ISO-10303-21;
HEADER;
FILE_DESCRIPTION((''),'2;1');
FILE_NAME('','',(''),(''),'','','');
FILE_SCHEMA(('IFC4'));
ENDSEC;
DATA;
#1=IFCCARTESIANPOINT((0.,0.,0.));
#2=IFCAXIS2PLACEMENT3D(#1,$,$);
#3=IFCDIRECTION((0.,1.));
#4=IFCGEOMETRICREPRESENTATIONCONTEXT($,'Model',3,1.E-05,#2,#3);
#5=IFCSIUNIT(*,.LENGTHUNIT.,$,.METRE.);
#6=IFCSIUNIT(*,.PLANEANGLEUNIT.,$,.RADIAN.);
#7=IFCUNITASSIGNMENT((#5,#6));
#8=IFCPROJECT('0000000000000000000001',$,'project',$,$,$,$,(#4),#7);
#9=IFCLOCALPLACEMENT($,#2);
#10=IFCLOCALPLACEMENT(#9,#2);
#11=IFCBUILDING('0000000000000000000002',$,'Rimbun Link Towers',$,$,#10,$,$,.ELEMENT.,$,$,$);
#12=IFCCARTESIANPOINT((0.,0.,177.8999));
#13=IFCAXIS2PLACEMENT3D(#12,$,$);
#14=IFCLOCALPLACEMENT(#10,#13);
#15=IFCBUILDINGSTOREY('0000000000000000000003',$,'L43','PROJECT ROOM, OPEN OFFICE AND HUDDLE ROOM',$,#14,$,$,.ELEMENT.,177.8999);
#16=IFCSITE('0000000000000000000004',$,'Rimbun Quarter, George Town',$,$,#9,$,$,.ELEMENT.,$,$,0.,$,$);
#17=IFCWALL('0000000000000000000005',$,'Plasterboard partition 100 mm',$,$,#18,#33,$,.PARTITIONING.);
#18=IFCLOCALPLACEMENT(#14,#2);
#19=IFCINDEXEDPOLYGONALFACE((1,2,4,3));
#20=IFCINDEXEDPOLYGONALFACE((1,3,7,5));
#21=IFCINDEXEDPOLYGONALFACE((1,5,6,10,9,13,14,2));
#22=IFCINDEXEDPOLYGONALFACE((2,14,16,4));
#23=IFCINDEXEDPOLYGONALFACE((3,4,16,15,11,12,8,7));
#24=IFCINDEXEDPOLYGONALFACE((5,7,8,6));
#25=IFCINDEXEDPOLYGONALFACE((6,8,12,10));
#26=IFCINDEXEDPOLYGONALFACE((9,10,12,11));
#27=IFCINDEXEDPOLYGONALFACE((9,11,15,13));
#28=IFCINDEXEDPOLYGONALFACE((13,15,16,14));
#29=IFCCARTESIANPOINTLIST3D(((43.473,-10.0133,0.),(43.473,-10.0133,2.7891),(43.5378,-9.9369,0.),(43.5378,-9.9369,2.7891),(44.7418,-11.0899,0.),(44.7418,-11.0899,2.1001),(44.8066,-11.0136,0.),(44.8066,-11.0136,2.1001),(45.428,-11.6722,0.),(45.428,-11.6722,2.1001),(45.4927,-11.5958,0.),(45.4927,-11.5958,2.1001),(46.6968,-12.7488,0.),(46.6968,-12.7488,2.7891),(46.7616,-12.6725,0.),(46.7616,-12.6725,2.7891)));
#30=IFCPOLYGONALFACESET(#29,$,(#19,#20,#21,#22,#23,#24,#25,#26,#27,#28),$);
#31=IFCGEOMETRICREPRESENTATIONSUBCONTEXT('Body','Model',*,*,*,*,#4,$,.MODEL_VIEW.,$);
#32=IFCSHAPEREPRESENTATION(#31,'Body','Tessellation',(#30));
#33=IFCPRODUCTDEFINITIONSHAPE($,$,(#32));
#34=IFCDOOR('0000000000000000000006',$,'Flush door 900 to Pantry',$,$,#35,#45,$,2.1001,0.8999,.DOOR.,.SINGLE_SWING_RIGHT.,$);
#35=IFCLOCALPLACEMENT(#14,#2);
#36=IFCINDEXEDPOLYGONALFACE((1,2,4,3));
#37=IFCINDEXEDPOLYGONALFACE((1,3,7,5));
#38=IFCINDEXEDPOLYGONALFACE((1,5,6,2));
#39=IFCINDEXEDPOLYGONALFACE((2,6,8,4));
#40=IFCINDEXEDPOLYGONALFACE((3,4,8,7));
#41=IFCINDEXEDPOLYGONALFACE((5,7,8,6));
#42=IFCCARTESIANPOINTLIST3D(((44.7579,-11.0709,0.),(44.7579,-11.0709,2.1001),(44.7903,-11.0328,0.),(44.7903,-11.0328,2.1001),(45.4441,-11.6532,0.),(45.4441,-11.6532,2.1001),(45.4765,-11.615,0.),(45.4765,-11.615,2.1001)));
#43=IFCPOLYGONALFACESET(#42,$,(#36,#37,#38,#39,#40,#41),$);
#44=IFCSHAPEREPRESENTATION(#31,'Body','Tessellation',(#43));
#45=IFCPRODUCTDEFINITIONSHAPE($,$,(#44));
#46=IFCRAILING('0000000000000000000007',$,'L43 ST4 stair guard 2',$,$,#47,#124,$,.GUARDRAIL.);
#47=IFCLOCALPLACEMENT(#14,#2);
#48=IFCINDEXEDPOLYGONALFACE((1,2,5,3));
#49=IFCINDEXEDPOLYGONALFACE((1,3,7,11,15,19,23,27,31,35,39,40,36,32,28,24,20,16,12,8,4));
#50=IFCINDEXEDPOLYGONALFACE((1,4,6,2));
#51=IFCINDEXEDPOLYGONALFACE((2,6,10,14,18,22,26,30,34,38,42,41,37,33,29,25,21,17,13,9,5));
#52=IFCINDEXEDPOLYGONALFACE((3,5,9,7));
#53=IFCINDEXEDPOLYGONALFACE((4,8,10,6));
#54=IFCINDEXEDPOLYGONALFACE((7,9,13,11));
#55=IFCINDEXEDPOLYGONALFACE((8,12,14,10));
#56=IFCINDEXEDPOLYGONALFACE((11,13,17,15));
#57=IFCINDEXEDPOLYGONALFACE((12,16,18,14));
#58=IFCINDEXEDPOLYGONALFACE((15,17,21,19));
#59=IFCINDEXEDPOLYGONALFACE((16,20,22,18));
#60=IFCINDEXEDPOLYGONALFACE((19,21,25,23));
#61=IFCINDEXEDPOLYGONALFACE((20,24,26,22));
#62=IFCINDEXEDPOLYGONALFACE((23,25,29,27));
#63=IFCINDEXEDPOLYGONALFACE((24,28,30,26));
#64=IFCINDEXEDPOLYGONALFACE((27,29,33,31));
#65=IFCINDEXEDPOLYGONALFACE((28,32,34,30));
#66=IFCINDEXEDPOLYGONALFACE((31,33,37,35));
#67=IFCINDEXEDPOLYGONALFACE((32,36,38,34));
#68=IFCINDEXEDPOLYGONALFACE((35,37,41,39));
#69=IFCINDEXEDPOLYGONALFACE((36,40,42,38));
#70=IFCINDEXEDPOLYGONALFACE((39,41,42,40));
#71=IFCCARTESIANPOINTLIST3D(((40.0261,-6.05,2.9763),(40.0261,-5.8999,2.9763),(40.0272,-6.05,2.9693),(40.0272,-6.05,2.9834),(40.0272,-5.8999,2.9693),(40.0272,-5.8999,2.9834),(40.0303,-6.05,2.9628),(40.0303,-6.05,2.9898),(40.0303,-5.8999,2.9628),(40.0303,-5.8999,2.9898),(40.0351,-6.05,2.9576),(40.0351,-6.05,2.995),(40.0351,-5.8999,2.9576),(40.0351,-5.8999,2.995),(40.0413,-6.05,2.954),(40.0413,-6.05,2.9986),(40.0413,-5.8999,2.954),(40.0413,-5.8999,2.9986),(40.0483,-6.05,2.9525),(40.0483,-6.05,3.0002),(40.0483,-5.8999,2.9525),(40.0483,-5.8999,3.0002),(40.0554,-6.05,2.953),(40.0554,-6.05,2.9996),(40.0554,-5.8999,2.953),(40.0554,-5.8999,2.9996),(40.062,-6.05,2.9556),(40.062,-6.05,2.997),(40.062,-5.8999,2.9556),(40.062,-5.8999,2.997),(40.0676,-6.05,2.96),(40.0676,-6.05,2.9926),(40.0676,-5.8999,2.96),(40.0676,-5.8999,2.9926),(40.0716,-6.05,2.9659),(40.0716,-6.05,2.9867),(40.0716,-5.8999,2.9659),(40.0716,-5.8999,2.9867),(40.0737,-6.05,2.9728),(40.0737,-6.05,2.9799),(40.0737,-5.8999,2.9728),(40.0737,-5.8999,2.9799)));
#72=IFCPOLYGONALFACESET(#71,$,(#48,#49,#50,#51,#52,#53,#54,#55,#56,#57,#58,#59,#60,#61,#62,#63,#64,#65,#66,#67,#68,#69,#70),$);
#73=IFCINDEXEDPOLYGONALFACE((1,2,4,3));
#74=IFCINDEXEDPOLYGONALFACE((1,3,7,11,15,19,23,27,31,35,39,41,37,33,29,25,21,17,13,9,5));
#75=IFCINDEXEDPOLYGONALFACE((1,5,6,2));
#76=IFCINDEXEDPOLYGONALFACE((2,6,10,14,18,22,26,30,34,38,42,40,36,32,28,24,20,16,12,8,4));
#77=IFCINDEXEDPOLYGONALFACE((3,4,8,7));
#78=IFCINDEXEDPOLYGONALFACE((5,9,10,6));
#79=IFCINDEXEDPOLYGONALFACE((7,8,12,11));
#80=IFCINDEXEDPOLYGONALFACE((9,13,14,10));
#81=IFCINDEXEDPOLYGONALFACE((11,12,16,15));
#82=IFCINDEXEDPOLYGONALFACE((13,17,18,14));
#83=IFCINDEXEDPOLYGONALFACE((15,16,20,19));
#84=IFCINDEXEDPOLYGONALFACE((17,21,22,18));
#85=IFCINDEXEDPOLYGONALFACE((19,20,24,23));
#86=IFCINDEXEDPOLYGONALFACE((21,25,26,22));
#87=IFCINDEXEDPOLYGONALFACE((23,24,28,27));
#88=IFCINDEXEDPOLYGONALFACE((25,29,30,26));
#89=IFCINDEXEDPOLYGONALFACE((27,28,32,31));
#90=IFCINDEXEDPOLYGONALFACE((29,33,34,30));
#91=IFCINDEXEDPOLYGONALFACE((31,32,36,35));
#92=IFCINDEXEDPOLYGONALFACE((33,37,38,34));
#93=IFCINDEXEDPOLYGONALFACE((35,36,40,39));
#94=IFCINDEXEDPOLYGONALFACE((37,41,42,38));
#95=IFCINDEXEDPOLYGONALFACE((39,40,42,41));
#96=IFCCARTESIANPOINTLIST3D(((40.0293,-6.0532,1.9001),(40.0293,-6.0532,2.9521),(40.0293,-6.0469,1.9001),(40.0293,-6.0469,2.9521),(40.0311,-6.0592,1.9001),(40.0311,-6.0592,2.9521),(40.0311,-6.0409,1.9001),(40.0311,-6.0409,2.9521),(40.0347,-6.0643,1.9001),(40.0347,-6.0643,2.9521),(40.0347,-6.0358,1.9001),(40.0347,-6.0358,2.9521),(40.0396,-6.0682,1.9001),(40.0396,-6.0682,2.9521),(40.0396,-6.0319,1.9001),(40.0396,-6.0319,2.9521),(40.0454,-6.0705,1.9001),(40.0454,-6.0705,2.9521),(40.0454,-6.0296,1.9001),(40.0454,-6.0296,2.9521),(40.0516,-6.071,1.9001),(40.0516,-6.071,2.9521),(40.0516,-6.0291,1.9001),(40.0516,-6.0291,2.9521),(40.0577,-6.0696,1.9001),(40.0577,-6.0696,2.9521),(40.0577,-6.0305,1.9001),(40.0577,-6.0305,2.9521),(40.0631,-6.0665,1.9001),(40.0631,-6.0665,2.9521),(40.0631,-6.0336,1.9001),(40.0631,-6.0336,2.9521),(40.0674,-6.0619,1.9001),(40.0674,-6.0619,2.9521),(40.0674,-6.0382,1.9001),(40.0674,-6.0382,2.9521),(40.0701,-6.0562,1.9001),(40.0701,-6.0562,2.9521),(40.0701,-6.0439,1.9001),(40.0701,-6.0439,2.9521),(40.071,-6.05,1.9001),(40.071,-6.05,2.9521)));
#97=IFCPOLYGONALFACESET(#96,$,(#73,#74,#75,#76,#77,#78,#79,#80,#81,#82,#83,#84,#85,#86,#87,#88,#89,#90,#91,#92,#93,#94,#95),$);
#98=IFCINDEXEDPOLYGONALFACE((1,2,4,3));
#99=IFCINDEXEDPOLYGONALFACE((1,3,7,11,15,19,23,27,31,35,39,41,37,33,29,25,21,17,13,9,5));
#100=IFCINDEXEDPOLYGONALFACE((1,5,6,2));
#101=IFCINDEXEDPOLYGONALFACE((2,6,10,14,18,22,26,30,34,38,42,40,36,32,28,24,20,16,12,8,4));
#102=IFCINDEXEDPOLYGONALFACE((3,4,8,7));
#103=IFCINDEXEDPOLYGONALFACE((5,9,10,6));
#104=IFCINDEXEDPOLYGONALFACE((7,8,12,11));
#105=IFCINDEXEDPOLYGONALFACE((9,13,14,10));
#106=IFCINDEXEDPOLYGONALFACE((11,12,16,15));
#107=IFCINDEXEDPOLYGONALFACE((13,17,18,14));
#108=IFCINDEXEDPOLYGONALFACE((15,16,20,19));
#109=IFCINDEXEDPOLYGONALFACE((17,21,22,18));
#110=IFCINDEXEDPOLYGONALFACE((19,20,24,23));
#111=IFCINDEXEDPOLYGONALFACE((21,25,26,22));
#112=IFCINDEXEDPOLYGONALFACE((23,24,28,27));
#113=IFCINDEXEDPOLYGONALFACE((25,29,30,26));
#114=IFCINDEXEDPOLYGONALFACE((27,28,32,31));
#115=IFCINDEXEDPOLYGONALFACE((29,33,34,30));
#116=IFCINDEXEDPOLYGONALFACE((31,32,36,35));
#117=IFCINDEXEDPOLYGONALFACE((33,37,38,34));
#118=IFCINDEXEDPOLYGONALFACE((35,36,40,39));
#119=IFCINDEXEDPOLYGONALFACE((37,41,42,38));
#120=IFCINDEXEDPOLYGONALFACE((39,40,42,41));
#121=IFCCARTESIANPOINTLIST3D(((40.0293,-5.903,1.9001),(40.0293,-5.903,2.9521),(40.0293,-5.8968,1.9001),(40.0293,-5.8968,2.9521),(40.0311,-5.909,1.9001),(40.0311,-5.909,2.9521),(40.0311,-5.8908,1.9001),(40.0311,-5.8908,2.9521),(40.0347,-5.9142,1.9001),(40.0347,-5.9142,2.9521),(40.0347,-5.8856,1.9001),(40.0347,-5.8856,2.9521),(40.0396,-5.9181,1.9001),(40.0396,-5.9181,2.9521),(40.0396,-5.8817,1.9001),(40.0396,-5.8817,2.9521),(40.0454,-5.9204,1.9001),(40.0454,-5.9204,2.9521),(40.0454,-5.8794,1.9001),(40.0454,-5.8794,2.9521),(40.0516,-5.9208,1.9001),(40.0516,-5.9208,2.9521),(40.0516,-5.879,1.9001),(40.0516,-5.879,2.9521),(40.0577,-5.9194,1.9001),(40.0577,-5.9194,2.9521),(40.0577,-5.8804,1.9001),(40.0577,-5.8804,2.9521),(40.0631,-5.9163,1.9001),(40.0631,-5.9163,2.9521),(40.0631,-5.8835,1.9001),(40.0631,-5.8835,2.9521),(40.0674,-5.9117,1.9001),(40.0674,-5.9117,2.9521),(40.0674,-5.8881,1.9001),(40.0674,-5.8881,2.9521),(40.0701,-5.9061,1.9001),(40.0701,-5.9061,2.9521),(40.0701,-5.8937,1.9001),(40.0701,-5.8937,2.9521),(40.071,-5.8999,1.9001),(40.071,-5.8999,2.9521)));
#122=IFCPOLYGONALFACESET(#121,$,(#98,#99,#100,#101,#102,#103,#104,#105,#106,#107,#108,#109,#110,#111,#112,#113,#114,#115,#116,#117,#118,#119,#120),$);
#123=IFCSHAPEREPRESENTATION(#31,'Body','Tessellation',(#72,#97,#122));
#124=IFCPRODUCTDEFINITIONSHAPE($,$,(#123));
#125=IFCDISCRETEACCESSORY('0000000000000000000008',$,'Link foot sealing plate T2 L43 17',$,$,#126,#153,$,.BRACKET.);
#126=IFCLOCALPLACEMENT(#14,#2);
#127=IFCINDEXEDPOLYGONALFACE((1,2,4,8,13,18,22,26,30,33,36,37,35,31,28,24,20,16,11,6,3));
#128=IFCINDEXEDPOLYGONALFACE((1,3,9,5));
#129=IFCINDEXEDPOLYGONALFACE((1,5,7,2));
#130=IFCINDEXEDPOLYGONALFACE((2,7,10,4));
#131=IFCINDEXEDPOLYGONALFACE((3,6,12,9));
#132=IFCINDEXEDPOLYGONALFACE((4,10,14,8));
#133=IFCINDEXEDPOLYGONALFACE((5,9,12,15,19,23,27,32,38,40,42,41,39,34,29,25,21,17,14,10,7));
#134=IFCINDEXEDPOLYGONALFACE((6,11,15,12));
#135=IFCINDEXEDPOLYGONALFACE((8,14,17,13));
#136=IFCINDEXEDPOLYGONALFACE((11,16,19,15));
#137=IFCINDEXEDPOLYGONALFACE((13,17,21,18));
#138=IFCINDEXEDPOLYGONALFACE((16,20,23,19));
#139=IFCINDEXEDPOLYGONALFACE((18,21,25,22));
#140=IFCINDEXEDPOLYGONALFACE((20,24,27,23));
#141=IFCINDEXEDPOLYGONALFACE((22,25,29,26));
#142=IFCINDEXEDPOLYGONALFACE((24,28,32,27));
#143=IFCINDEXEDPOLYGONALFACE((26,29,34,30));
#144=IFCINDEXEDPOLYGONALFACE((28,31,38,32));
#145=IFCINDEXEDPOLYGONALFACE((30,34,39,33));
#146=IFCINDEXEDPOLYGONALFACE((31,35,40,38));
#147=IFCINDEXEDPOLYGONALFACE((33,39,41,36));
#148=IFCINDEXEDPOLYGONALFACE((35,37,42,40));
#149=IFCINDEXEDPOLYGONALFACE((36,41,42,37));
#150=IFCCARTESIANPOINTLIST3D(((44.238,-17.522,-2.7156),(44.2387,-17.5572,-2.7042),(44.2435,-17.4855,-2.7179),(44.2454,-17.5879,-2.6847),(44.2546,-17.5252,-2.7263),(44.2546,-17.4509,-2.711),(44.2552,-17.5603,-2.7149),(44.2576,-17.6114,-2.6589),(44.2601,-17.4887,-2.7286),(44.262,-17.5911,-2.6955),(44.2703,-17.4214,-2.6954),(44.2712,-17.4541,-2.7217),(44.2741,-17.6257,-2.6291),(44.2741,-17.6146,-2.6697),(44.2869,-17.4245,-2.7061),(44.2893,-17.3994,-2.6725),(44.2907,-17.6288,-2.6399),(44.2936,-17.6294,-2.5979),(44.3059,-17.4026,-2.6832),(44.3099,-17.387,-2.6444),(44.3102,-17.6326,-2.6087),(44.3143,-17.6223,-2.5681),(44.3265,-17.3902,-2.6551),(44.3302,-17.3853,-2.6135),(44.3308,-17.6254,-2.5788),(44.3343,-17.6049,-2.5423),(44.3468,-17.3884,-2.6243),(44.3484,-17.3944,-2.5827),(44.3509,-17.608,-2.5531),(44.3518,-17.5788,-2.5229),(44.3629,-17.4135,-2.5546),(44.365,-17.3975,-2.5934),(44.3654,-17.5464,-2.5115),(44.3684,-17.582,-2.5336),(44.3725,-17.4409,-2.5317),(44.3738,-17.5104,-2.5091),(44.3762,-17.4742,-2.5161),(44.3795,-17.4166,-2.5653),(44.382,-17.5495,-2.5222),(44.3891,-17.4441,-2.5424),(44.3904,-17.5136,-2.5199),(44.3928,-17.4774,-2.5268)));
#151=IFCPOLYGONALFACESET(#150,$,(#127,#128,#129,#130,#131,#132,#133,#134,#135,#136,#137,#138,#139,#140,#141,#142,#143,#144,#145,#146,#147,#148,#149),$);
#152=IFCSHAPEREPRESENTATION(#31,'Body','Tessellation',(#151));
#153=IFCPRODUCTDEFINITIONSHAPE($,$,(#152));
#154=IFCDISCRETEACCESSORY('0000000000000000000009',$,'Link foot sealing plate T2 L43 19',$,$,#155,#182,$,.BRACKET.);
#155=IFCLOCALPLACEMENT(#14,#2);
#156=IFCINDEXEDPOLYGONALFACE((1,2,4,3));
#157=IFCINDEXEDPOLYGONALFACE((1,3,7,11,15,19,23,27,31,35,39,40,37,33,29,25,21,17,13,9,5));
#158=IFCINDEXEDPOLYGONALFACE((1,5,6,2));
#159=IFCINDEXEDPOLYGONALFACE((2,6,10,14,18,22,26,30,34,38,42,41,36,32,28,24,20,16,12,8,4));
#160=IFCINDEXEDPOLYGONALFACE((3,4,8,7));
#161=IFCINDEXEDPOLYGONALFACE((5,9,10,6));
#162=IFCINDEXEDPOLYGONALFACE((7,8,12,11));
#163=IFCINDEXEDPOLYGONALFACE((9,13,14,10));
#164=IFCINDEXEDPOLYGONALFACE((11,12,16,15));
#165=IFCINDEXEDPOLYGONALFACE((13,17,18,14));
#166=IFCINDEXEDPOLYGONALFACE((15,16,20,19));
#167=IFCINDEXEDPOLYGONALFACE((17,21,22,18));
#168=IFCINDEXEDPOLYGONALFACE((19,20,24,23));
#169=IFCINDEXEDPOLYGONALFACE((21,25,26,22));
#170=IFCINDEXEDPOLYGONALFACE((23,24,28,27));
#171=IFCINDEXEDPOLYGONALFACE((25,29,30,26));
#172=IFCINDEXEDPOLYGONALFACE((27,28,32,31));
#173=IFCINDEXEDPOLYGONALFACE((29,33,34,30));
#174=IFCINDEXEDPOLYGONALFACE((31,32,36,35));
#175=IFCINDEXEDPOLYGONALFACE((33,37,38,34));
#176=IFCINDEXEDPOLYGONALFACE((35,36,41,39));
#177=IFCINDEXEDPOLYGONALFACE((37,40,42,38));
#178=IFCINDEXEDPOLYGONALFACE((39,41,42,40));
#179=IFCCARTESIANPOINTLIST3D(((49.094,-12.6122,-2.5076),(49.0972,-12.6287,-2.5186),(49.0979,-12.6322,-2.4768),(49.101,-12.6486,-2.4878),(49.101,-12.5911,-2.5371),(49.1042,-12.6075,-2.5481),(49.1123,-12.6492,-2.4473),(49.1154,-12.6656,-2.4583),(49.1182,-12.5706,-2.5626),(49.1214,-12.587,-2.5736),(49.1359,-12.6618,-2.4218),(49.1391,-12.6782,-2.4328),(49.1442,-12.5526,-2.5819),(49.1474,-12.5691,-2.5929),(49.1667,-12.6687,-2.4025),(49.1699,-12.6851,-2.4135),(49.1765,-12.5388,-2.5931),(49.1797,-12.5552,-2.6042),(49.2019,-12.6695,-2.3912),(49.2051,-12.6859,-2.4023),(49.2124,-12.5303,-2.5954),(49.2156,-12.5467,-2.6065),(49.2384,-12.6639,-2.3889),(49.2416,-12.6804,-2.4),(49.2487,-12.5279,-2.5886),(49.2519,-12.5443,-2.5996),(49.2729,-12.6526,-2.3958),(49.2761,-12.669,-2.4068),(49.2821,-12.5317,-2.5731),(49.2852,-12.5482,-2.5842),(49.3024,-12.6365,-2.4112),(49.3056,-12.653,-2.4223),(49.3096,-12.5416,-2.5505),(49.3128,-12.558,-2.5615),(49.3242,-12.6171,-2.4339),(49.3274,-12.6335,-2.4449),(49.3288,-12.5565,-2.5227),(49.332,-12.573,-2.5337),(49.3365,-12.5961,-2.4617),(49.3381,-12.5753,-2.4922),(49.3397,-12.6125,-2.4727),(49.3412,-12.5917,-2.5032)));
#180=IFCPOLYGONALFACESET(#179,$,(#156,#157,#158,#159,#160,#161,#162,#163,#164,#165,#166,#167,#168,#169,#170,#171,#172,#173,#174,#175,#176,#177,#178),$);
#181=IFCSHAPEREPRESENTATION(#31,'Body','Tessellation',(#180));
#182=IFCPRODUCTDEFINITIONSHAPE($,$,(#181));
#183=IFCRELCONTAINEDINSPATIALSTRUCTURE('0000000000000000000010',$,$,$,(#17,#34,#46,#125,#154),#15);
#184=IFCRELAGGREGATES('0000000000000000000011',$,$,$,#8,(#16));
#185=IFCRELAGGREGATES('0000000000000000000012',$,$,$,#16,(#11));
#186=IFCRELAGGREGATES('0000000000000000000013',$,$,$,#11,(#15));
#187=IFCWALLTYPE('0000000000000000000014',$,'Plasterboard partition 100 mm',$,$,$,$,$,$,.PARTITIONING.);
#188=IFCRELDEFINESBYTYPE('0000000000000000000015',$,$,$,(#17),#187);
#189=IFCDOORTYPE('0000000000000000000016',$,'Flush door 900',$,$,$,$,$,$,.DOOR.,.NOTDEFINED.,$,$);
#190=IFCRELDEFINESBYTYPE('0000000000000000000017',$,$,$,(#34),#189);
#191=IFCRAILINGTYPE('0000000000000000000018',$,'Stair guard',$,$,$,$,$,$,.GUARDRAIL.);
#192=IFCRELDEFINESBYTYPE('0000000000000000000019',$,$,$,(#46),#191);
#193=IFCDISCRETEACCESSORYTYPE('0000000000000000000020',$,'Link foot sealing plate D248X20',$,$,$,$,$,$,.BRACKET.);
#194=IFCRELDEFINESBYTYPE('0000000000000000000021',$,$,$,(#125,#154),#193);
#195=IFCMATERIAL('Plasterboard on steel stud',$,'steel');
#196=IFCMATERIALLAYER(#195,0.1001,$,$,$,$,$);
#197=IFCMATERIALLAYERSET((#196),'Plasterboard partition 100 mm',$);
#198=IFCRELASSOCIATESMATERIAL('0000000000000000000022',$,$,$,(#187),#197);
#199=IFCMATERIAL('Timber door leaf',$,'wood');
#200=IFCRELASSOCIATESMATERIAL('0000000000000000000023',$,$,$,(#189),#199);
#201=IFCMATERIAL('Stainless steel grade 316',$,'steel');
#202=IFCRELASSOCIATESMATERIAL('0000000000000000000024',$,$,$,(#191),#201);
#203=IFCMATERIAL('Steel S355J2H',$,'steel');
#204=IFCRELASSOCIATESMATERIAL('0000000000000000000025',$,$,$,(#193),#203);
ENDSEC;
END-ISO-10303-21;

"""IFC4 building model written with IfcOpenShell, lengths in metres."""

from ifc_helpers import new_model, si_unit, direction, frame, frame_2d, origin, origin_2d, place, context, subcontext, project, spatial, rectangle, circle, extrude, material, layer, layer_set, material_profile, profile_set, type_object, element, fill, save


model = new_model("IFC4")

# Units and contexts
model_context = context("Model", 3, precision=1e-05, world=origin(), true_north=direction((0.0, 1.0)))
body_context = subcontext(model_context, "Body", "Model", "MODEL_VIEW")
ifc_project = project(units=[si_unit("LENGTHUNIT", "METRE"), si_unit("PLANEANGLEUNIT", "RADIAN")], contexts=[model_context])

# Site, building, storey
site_placement = place(None, origin())
site = spatial("IfcSite", under=ifc_project, at=site_placement, Name="Rimbun Quarter, George Town", CompositionType="ELEMENT", RefElevation=0.0)
building_placement = place(site_placement, origin())
building = spatial("IfcBuilding", under=site, at=building_placement, Name="Rimbun Link Towers", CompositionType="ELEMENT")
storey_placement = place(building_placement, frame((0.0, 0.0, 177.8999)))
storey = spatial("IfcBuildingStorey", under=building, at=storey_placement, Name="L43", Description="PROJECT ROOM, OPEN OFFICE AND HUDDLE ROOM", CompositionType="ELEMENT", Elevation=177.8999)

# Wall, opening, door
ifc_material_1 = material(Name="Plasterboard on steel stud", Category="steel")
ifc_layer_1 = layer(ifc_material_1, 0.1001)
ifc_layer_set_1 = layer_set([ifc_layer_1], Name="Plasterboard partition 100 mm")
wall_type_1 = type_object("IfcWallType", Name="Plasterboard partition 100 mm", PredefinedType="PARTITIONING", material=ifc_layer_set_1)
wall_1_placement = place(storey_placement, frame((43.5054, -9.9751, 0.0), z_axis=(0.0, 0.0, 1.0), x_axis=(0.762488, -0.647003, 0.0)))
wall_1 = element("IfcWall", 1, at=wall_1_placement, inside=storey, type_object=wall_type_1, Name="Plasterboard partition 100 mm", PredefinedType="PARTITIONING", context=body_context, shape_type="SweptSolid", body=[
    extrude(rectangle(XDim=4.228, YDim=0.1001, at=frame_2d((2.114, 0.0))), origin(), (0.0, 0.0, 1.0), 2.7891),
])
opening_1_placement = place(wall_1_placement, frame((1.6641, 0.0, 0.0)))
opening_1 = element("IfcOpeningElement", 2, at=opening_1_placement, cuts=wall_1, PredefinedType="OPENING", context=body_context, shape_type="SweptSolid", body=[
    extrude(rectangle(XDim=0.8999, YDim=2.1001, at=frame_2d((0.45, 1.05))), frame((0.0, 0.0601, 0.0), z_axis=(0.0, -1.0, 0.0), x_axis=(1.0, 0.0, 0.0)), (0.0, 0.0, 1.0), 0.1201),
])
ifc_material_2 = material(Name="Timber door leaf", Category="wood")
door_type_1 = type_object("IfcDoorType", Name="Flush door 900", OperationType="NOTDEFINED", PredefinedType="DOOR", material=ifc_material_2)
door_1_placement = place(opening_1_placement, origin())
door_1 = element("IfcDoor", 3, at=door_1_placement, inside=storey, type_object=door_type_1, Name="Flush door 900 to Pantry", OperationType="SINGLE_SWING_RIGHT", OverallHeight=2.1001, OverallWidth=0.8999, PredefinedType="DOOR", context=body_context, shape_type="SweptSolid", body=[
    extrude(rectangle(XDim=0.8999, YDim=2.1001, at=frame_2d((0.45, 1.05))), frame((0.0, 0.0249, 0.0), z_axis=(0.0, -1.0, 0.0), x_axis=(1.0, 0.0, 0.0)), (0.0, 0.0, 1.0), 0.05),
])
fill(opening_1, door_1)

# Railing
ifc_material_3 = material(Name="Stainless steel grade 316", Category="steel")
railing_type = type_object("IfcRailingType", Name="Stair guard", PredefinedType="GUARDRAIL", material=ifc_material_3)
railing_placement = place(storey_placement, frame((40.05, -6.05, 1.9001)))
element("IfcRailing", 4, at=railing_placement, inside=storey, type_object=railing_type, Name="L43 ST4 stair guard 2", PredefinedType="GUARDRAIL", context=body_context, shape_type="SweptSolid", body=[
    extrude(circle(Radius=0.0239, at=origin_2d()), frame((0.0, 0.0, 1.0762), z_axis=(0.0, 1.0, 0.0), x_axis=(-1.0, 0.0, 0.0)), (0.0, 0.0, 1.0), 0.1501),
    extrude(circle(Radius=0.021, at=origin_2d()), origin(), (0.0, 0.0, 1.0), 1.052),
    extrude(circle(Radius=0.021, at=origin_2d()), frame((0.0, 0.1501, 0.0)), (0.0, 0.0, 1.0), 1.052),
])

# Discrete accessories
ifc_material_4 = material(Name="Steel S355J2H", Category="steel")
ifc_material_profile_1 = material_profile(ifc_material_4, circle(Radius=0.124, at=origin_2d()), Name="PL D248")
ifc_profile_set_1 = profile_set([ifc_material_profile_1], Name="Steel S355J2H")
discrete_accessory_type = type_object("IfcDiscreteAccessoryType", Name="Link foot sealing plate D248X20", PredefinedType="BRACKET", material=ifc_profile_set_1)
for number, where, z_axis, x_axis, name in (
    (5, (44.3069, -17.5071, -2.6135), (0.82896, -0.158478, -0.536386), (0.187776, 0.982212, 0.0), "Link foot sealing plate T2 L43 17"),
    (6, (49.2163, -12.5989, -2.4922), (0.159022, -0.819576, -0.550461), (0.981692, 0.190477, 0.0), "Link foot sealing plate T2 L43 19"),
):
    element("IfcDiscreteAccessory", number, at=place(storey_placement, frame(where, z_axis=z_axis, x_axis=x_axis)), inside=storey, type_object=discrete_accessory_type, Name=name, PredefinedType="BRACKET", context=body_context, shape_type="SweptSolid", body=[
        extrude(circle(Radius=0.124, at=origin_2d()), origin(), (0.0, 0.0, 1.0), 0.02),
    ])

save(model, "model.ifc")
